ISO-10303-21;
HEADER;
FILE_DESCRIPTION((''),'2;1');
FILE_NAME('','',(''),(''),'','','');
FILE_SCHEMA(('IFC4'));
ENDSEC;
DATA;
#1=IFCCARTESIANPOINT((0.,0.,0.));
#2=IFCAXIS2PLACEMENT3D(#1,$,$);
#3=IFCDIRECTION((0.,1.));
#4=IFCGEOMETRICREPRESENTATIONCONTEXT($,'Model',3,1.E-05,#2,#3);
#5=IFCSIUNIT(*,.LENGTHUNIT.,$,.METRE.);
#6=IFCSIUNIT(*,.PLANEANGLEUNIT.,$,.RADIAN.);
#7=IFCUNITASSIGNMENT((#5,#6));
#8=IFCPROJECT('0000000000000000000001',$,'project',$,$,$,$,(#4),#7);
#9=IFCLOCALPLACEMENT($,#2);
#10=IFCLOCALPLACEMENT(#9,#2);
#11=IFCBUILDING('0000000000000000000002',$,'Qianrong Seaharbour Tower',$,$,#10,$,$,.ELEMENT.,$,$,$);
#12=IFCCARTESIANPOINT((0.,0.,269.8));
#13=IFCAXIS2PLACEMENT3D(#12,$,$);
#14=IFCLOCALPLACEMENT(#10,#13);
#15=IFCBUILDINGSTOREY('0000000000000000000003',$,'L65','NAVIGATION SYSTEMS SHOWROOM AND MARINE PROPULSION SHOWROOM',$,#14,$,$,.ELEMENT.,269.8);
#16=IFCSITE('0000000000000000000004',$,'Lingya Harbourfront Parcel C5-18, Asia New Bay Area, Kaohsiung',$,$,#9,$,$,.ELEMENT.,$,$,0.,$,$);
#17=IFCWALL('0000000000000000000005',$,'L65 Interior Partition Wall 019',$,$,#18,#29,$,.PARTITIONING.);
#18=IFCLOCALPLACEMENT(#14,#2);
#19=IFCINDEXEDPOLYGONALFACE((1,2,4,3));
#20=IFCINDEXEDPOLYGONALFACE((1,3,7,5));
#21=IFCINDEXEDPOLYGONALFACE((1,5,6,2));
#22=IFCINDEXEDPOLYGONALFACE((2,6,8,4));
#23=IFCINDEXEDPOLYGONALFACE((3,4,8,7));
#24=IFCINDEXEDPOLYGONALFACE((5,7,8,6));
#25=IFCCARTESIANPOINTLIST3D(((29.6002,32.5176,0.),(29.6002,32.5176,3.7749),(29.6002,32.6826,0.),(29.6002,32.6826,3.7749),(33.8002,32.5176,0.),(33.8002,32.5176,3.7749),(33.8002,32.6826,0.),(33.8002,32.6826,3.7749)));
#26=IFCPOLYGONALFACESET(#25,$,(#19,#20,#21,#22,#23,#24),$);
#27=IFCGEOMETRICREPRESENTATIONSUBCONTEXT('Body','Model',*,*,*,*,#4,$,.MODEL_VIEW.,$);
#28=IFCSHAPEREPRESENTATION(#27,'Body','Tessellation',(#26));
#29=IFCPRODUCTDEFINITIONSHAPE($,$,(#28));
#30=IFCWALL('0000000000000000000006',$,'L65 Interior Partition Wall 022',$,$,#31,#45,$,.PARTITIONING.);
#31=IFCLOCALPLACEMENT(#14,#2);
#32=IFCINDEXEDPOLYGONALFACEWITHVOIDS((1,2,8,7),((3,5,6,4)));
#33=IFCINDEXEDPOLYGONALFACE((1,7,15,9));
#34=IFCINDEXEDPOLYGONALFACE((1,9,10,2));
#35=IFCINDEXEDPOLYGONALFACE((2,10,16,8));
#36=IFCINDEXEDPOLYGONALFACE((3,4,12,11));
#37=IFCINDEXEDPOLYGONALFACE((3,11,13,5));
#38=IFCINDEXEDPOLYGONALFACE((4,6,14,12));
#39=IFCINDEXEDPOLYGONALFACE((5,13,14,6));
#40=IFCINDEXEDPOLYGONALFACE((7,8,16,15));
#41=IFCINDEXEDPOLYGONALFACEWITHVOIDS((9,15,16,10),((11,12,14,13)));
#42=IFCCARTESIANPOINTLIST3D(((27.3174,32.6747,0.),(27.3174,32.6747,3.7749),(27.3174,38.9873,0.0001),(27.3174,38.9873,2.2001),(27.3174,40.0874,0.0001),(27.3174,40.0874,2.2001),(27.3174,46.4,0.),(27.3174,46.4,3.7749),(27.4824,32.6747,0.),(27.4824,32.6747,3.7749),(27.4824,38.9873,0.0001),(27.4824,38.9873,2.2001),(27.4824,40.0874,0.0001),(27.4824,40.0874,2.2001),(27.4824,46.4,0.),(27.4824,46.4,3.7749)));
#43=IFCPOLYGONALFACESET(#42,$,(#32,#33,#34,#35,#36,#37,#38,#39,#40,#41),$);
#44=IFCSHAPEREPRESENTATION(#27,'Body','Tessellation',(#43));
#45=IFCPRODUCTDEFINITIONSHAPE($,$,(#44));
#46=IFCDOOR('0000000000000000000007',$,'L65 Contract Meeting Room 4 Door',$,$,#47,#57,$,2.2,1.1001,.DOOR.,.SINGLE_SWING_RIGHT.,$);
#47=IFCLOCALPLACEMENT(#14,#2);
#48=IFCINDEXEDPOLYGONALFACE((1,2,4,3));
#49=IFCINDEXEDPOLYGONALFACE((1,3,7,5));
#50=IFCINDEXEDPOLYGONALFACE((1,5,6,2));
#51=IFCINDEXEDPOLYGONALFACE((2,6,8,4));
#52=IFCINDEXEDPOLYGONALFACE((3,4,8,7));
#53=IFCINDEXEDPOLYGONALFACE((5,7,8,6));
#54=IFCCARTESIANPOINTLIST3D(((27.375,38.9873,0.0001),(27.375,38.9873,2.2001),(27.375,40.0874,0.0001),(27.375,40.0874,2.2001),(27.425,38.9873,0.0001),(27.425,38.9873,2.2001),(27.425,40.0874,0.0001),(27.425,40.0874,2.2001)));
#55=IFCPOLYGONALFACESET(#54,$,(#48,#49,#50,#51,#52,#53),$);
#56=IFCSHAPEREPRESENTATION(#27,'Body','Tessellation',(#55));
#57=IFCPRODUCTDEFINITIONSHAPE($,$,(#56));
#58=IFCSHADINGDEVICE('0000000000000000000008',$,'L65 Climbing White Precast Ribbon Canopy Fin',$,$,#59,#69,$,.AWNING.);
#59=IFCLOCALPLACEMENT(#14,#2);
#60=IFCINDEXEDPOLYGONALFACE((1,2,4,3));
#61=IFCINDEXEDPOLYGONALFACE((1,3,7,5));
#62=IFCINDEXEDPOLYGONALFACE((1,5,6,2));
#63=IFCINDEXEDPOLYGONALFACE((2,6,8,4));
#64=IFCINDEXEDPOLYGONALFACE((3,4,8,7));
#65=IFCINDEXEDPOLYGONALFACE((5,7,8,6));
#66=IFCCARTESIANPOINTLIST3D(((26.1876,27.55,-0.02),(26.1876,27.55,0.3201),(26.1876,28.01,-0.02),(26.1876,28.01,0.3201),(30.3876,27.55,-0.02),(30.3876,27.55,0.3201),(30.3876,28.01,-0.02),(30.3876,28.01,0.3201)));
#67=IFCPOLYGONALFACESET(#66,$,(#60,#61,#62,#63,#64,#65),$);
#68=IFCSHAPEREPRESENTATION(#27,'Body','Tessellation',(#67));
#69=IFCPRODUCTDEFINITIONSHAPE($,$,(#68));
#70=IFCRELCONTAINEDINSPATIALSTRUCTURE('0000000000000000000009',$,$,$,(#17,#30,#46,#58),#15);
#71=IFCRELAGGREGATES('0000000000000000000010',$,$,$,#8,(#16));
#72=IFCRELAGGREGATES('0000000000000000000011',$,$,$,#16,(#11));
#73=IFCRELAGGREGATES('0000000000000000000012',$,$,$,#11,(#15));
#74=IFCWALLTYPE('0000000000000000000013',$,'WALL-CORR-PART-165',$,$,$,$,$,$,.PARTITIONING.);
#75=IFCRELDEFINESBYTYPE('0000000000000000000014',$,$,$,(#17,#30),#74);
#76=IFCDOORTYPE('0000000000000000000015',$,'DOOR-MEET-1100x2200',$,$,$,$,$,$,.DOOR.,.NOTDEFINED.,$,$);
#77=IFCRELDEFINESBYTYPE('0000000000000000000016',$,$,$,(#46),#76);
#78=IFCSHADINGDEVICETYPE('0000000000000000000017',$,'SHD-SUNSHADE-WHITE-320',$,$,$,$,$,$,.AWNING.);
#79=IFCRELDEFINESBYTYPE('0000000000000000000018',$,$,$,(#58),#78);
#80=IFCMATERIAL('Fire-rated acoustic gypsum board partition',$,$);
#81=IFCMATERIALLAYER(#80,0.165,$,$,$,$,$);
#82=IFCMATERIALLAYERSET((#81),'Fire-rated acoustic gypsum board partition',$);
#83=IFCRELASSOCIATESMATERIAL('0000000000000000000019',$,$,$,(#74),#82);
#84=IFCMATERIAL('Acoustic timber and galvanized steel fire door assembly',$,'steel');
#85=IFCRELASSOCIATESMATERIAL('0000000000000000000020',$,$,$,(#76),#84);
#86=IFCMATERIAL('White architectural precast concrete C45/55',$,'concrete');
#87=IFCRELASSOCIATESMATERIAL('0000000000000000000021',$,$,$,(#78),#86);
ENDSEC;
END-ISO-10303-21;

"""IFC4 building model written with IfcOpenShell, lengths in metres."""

from ifc_helpers import new_model, si_unit, direction, frame, frame_2d, origin, origin_2d, place, context, subcontext, project, spatial, rectangle, extrude, material, layer, layer_set, type_object, element, fill, save


model = new_model("IFC4")

# Units and contexts
model_context = context("Model", 3, precision=1e-05, world=origin(), true_north=direction((0.0, 1.0)))
body_context = subcontext(model_context, "Body", "Model", "MODEL_VIEW")
ifc_project = project(units=[si_unit("LENGTHUNIT", "METRE"), si_unit("PLANEANGLEUNIT", "RADIAN")], contexts=[model_context])

# Site, building, storey
site_placement = place(None, origin())
site = spatial("IfcSite", under=ifc_project, at=site_placement, Name="Lingya Harbourfront Parcel C5-18, Asia New Bay Area, Kaohsiung", CompositionType="ELEMENT", RefElevation=0.0)
building_placement = place(site_placement, origin())
building = spatial("IfcBuilding", under=site, at=building_placement, Name="Qianrong Seaharbour Tower", CompositionType="ELEMENT")
storey_placement = place(building_placement, frame((0.0, 0.0, 269.8)))
storey = spatial("IfcBuildingStorey", under=building, at=storey_placement, Name="L65", Description="NAVIGATION SYSTEMS SHOWROOM AND MARINE PROPULSION SHOWROOM", CompositionType="ELEMENT", Elevation=269.8)

# Shared definitions
ifc_material_1 = material(Name="Fire-rated acoustic gypsum board partition")
ifc_layer = layer(ifc_material_1, 0.165)
ifc_layer_set = layer_set([ifc_layer], Name="Fire-rated acoustic gypsum board partition")
wall_type = type_object("IfcWallType", Name="WALL-CORR-PART-165", PredefinedType="PARTITIONING", material=ifc_layer_set)
ifc_material_2 = material(Name="Acoustic timber and galvanized steel fire door assembly", Category="steel")

# Wall
wall_1_placement = place(storey_placement, frame((29.6001, 32.6001, 0.0), z_axis=(0.0, 0.0, 1.0), x_axis=(1.0, 0.0, 0.0)))
element("IfcWall", 1, at=wall_1_placement, inside=storey, type_object=wall_type, Name="L65 Interior Partition Wall 019", PredefinedType="PARTITIONING", context=body_context, shape_type="SweptSolid", body=[
    extrude(rectangle(XDim=4.2, YDim=0.165, at=frame_2d((2.1001, 0.0))), origin(), (0.0, 0.0, 1.0), 3.7749),
])

# Wall, opening, door
wall_2_placement = place(storey_placement, frame((27.3999, 32.6746, 0.0), z_axis=(0.0, 0.0, 1.0), x_axis=(0.0, 1.0, 0.0)))
wall_2 = element("IfcWall", 2, at=wall_2_placement, inside=storey, type_object=wall_type, Name="L65 Interior Partition Wall 022", PredefinedType="PARTITIONING", context=body_context, shape_type="SweptSolid", body=[
    extrude(rectangle(XDim=13.7253, YDim=0.165, at=frame_2d((6.8628, 0.0))), origin(), (0.0, 0.0, 1.0), 3.7749),
])
opening_1_placement = place(wall_2_placement, frame((6.3127, 0.0, 0.0)))
opening_1 = element("IfcOpeningElement", 3, at=opening_1_placement, cuts=wall_2, PredefinedType="OPENING", context=body_context, shape_type="SweptSolid", body=[
    extrude(rectangle(XDim=1.1001, YDim=2.2, at=frame_2d((0.55, 1.1001))), frame((0.0, 0.0925, 0.0), z_axis=(0.0, -1.0, 0.0), x_axis=(1.0, 0.0, 0.0)), (0.0, 0.0, 1.0), 0.1851),
])
door_type_1 = type_object("IfcDoorType", Name="DOOR-MEET-1100x2200", OperationType="NOTDEFINED", PredefinedType="DOOR", material=ifc_material_2)
door_1_placement = place(opening_1_placement, origin())
door_1 = element("IfcDoor", 4, at=door_1_placement, inside=storey, type_object=door_type_1, Name="L65 Contract Meeting Room 4 Door", OperationType="SINGLE_SWING_RIGHT", OverallHeight=2.2, OverallWidth=1.1001, PredefinedType="DOOR", context=body_context, shape_type="SweptSolid", body=[
    extrude(rectangle(XDim=1.1001, YDim=2.2, at=frame_2d((0.55, 1.1001))), frame((0.0, 0.0249, 0.0), z_axis=(0.0, -1.0, 0.0), x_axis=(1.0, 0.0, 0.0)), (0.0, 0.0, 1.0), 0.05),
])
fill(opening_1, door_1)

# Shading device
ifc_material_3 = material(Name="White architectural precast concrete C45/55", Category="concrete")
shading_device_type = type_object("IfcShadingDeviceType", Name="SHD-SUNSHADE-WHITE-320", PredefinedType="AWNING", material=ifc_material_3)
shading_device_placement = place(storey_placement, frame((28.2876, 27.78, -0.02), z_axis=(0.0, 0.0, 1.0), x_axis=(1.0, 0.0, 0.0)))
element("IfcShadingDevice", 5, at=shading_device_placement, inside=storey, type_object=shading_device_type, Name="L65 Climbing White Precast Ribbon Canopy Fin", PredefinedType="AWNING", context=body_context, shape_type="SweptSolid", body=[
    extrude(rectangle(XDim=4.2, YDim=0.46, at=origin_2d()), origin(), (0.0, 0.0, 1.0), 0.3401),
])

save(model, "model.ifc")
